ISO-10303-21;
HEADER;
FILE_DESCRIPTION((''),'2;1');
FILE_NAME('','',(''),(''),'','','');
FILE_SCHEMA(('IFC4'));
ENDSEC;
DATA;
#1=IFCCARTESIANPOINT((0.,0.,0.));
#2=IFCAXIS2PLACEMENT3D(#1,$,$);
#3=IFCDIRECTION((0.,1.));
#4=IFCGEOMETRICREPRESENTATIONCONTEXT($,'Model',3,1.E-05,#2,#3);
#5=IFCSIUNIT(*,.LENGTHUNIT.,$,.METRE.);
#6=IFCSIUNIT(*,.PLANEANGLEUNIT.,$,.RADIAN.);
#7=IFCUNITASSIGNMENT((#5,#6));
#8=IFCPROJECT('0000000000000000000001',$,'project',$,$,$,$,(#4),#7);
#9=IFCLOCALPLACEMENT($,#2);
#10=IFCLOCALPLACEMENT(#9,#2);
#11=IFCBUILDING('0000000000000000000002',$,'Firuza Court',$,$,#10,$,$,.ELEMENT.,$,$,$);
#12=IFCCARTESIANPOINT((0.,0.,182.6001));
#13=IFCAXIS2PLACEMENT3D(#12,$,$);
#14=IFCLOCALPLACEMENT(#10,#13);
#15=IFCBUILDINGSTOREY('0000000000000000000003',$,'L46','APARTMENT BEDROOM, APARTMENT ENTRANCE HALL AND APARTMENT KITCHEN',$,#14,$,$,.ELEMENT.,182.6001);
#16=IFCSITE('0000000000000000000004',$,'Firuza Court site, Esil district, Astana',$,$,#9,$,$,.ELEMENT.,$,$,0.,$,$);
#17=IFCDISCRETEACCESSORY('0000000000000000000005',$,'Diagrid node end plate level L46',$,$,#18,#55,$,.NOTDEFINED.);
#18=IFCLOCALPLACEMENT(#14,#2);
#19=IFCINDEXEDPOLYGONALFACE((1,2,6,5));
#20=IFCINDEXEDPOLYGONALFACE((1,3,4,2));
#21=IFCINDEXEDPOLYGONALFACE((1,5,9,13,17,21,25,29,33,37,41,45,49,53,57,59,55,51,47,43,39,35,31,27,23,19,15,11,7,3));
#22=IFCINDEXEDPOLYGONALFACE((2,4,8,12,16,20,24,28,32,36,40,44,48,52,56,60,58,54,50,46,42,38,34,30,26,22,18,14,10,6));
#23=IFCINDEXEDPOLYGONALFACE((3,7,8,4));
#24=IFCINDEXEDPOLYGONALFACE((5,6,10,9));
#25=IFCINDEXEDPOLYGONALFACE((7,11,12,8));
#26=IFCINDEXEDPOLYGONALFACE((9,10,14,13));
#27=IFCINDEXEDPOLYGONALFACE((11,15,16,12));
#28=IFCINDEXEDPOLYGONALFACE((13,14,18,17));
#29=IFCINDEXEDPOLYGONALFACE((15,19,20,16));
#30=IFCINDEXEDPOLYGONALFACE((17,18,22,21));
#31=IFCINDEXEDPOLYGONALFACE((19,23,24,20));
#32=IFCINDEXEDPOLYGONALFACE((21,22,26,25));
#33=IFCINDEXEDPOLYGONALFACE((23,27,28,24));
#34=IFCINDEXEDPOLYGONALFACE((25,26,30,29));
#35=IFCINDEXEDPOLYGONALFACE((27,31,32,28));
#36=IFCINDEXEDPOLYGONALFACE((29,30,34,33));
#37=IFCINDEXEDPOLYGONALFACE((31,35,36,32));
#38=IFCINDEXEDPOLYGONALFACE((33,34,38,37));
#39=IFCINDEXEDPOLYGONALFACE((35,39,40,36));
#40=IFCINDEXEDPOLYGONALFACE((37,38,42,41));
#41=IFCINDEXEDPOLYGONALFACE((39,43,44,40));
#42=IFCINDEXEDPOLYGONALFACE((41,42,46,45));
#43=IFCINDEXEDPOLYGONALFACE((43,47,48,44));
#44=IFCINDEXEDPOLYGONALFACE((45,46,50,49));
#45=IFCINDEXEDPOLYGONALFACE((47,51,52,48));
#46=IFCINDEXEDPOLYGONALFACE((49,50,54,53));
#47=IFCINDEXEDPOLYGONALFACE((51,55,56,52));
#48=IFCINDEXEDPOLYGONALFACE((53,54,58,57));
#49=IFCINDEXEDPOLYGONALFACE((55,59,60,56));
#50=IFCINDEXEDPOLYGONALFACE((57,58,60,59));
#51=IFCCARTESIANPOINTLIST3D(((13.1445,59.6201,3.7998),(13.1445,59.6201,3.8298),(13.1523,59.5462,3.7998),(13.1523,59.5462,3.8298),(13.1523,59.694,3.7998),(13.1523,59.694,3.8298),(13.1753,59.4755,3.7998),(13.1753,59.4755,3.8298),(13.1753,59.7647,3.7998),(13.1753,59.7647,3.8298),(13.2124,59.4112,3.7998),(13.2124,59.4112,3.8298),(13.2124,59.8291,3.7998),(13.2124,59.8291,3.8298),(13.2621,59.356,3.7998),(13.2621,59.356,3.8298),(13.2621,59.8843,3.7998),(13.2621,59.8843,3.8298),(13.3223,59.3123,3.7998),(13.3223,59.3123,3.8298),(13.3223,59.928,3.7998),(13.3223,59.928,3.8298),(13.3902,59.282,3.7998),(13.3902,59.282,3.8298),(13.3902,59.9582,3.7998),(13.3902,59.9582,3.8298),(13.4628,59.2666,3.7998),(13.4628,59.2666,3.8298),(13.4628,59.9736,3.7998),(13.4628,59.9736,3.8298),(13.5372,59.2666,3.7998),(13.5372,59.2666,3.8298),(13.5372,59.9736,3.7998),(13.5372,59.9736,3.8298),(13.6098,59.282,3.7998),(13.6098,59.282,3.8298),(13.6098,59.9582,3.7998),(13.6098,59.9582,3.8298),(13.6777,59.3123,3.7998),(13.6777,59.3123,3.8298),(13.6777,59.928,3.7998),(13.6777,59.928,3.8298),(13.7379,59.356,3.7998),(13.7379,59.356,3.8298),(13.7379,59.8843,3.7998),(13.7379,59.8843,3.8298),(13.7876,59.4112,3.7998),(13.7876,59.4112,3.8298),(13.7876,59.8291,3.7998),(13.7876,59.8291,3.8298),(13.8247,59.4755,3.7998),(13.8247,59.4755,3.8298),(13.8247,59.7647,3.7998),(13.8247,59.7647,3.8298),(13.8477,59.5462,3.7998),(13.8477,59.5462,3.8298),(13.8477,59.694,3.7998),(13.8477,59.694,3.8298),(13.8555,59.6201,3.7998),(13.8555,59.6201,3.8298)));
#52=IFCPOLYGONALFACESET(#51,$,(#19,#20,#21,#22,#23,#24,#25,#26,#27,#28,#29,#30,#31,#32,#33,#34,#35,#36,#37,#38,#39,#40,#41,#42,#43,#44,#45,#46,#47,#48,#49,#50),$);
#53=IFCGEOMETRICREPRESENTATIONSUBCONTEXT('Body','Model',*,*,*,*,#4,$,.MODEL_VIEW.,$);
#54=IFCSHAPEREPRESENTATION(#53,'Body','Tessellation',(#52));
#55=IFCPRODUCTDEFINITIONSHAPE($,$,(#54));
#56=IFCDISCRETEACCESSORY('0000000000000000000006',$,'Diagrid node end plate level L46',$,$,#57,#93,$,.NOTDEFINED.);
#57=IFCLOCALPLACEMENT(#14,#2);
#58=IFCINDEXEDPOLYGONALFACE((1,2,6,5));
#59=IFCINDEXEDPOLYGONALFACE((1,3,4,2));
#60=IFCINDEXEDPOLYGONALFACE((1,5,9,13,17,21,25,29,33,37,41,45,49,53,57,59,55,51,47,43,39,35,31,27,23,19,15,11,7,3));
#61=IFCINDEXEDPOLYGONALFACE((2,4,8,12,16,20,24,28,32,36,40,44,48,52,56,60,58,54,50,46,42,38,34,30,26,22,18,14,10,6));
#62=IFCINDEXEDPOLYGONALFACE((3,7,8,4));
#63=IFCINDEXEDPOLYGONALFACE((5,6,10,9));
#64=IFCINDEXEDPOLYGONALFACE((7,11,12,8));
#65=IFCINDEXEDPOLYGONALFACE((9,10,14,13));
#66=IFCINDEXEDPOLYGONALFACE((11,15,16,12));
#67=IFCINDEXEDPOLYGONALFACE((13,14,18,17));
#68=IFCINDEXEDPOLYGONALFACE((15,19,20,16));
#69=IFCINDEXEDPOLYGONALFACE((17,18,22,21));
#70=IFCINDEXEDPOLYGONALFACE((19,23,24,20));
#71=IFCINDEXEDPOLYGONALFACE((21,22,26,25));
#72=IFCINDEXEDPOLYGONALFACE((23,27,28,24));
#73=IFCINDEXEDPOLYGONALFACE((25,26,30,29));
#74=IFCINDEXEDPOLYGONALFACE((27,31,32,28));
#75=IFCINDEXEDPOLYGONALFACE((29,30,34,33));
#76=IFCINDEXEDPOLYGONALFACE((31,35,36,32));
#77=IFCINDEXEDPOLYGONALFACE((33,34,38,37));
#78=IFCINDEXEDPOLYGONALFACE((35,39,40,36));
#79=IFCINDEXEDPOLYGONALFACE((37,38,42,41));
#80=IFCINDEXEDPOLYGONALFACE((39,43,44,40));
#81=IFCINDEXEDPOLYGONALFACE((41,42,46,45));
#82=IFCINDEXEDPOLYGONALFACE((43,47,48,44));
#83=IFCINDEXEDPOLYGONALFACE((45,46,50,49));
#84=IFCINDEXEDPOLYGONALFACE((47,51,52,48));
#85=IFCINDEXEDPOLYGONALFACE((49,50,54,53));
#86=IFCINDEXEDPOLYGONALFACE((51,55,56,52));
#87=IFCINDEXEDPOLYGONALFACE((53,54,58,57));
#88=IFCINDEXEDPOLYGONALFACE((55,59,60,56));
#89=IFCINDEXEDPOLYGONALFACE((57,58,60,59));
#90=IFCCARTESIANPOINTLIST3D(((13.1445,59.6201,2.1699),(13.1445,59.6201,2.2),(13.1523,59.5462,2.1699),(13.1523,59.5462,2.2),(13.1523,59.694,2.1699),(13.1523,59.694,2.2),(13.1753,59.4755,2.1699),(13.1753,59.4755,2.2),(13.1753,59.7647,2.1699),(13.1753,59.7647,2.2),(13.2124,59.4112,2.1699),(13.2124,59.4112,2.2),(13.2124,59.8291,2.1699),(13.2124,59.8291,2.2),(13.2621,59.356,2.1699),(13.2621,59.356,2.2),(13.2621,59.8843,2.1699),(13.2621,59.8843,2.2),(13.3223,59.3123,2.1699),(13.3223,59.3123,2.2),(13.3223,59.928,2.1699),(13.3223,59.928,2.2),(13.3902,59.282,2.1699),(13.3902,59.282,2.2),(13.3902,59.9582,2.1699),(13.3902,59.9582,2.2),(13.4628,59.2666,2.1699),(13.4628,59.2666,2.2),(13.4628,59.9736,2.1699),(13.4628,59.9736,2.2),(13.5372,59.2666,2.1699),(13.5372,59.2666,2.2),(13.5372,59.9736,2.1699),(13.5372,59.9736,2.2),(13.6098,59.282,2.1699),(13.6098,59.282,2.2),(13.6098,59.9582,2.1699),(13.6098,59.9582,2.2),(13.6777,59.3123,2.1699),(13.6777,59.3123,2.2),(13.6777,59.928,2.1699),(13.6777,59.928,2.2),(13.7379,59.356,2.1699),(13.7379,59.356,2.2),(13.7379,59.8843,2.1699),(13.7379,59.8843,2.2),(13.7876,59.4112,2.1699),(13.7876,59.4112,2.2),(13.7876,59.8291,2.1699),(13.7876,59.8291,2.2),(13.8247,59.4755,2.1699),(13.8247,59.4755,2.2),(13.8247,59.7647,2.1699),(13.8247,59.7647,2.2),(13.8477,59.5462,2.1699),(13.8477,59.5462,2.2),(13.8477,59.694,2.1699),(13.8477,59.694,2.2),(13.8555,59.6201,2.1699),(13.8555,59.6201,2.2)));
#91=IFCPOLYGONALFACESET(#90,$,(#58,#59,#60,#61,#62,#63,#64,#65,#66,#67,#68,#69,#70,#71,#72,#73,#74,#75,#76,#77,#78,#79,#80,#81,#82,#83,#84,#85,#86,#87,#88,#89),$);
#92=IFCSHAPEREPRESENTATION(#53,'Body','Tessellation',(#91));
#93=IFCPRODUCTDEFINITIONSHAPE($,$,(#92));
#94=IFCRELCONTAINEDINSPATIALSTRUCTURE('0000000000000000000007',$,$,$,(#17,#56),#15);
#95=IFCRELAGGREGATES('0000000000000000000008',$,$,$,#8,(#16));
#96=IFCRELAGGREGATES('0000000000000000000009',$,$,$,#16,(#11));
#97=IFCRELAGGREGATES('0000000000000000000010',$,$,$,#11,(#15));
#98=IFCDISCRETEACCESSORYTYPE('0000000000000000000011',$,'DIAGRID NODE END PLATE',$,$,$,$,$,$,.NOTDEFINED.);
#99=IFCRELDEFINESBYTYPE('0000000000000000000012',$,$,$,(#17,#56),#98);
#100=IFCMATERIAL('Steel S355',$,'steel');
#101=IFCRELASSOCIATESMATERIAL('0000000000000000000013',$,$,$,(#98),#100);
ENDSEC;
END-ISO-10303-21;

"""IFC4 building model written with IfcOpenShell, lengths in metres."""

from ifc_helpers import new_model, si_unit, direction, frame, origin, origin_2d, place, context, subcontext, project, spatial, circle, extrude, material, material_profile, profile_set, type_object, element, save


model = new_model("IFC4")

# Units and contexts
model_context = context("Model", 3, precision=1e-05, world=origin(), true_north=direction((0.0, 1.0)))
body_context = subcontext(model_context, "Body", "Model", "MODEL_VIEW")
ifc_project = project(units=[si_unit("LENGTHUNIT", "METRE"), si_unit("PLANEANGLEUNIT", "RADIAN")], contexts=[model_context])

# Site, building, storey
site_placement = place(None, origin())
site = spatial("IfcSite", under=ifc_project, at=site_placement, Name="Firuza Court site, Esil district, Astana", CompositionType="ELEMENT", RefElevation=0.0)
building_placement = place(site_placement, origin())
building = spatial("IfcBuilding", under=site, at=building_placement, Name="Firuza Court", CompositionType="ELEMENT")
storey_placement = place(building_placement, frame((0.0, 0.0, 182.6001)))
storey = spatial("IfcBuildingStorey", under=building, at=storey_placement, Name="L46", Description="APARTMENT BEDROOM, APARTMENT ENTRANCE HALL AND APARTMENT KITCHEN", CompositionType="ELEMENT", Elevation=182.6001)

# Discrete accessories
ifc_material_1 = material(Name="Steel S355", Category="steel")
ifc_material_profile_1 = material_profile(ifc_material_1, circle(Radius=0.3555, at=origin_2d()), Name="PL D711")
ifc_profile_set_1 = profile_set([ifc_material_profile_1], Name="Steel S355")
discrete_accessory_type = type_object("IfcDiscreteAccessoryType", Name="DIAGRID NODE END PLATE", PredefinedType="NOTDEFINED", material=ifc_profile_set_1)
for number, where, z_axis, x_axis, name in (
    (1, (13.5, 59.6201, 3.7998), (0.0, 0.0, 1.0), (1.0, 0.0, 0.0), "Diagrid node end plate level L46"),
    (2, (13.5, 59.6201, 2.1699), (0.0, 0.0, 1.0), (1.0, 0.0, 0.0), "Diagrid node end plate level L46"),
):
    element("IfcDiscreteAccessory", number, at=place(storey_placement, frame(where, z_axis=z_axis, x_axis=x_axis)), inside=storey, type_object=discrete_accessory_type, Name=name, PredefinedType="NOTDEFINED", context=body_context, shape_type="SweptSolid", body=[
        extrude(circle(Radius=0.3555, at=origin_2d()), origin(), (0.0, 0.0, 1.0), 0.03),
    ])

save(model, "model.ifc")
